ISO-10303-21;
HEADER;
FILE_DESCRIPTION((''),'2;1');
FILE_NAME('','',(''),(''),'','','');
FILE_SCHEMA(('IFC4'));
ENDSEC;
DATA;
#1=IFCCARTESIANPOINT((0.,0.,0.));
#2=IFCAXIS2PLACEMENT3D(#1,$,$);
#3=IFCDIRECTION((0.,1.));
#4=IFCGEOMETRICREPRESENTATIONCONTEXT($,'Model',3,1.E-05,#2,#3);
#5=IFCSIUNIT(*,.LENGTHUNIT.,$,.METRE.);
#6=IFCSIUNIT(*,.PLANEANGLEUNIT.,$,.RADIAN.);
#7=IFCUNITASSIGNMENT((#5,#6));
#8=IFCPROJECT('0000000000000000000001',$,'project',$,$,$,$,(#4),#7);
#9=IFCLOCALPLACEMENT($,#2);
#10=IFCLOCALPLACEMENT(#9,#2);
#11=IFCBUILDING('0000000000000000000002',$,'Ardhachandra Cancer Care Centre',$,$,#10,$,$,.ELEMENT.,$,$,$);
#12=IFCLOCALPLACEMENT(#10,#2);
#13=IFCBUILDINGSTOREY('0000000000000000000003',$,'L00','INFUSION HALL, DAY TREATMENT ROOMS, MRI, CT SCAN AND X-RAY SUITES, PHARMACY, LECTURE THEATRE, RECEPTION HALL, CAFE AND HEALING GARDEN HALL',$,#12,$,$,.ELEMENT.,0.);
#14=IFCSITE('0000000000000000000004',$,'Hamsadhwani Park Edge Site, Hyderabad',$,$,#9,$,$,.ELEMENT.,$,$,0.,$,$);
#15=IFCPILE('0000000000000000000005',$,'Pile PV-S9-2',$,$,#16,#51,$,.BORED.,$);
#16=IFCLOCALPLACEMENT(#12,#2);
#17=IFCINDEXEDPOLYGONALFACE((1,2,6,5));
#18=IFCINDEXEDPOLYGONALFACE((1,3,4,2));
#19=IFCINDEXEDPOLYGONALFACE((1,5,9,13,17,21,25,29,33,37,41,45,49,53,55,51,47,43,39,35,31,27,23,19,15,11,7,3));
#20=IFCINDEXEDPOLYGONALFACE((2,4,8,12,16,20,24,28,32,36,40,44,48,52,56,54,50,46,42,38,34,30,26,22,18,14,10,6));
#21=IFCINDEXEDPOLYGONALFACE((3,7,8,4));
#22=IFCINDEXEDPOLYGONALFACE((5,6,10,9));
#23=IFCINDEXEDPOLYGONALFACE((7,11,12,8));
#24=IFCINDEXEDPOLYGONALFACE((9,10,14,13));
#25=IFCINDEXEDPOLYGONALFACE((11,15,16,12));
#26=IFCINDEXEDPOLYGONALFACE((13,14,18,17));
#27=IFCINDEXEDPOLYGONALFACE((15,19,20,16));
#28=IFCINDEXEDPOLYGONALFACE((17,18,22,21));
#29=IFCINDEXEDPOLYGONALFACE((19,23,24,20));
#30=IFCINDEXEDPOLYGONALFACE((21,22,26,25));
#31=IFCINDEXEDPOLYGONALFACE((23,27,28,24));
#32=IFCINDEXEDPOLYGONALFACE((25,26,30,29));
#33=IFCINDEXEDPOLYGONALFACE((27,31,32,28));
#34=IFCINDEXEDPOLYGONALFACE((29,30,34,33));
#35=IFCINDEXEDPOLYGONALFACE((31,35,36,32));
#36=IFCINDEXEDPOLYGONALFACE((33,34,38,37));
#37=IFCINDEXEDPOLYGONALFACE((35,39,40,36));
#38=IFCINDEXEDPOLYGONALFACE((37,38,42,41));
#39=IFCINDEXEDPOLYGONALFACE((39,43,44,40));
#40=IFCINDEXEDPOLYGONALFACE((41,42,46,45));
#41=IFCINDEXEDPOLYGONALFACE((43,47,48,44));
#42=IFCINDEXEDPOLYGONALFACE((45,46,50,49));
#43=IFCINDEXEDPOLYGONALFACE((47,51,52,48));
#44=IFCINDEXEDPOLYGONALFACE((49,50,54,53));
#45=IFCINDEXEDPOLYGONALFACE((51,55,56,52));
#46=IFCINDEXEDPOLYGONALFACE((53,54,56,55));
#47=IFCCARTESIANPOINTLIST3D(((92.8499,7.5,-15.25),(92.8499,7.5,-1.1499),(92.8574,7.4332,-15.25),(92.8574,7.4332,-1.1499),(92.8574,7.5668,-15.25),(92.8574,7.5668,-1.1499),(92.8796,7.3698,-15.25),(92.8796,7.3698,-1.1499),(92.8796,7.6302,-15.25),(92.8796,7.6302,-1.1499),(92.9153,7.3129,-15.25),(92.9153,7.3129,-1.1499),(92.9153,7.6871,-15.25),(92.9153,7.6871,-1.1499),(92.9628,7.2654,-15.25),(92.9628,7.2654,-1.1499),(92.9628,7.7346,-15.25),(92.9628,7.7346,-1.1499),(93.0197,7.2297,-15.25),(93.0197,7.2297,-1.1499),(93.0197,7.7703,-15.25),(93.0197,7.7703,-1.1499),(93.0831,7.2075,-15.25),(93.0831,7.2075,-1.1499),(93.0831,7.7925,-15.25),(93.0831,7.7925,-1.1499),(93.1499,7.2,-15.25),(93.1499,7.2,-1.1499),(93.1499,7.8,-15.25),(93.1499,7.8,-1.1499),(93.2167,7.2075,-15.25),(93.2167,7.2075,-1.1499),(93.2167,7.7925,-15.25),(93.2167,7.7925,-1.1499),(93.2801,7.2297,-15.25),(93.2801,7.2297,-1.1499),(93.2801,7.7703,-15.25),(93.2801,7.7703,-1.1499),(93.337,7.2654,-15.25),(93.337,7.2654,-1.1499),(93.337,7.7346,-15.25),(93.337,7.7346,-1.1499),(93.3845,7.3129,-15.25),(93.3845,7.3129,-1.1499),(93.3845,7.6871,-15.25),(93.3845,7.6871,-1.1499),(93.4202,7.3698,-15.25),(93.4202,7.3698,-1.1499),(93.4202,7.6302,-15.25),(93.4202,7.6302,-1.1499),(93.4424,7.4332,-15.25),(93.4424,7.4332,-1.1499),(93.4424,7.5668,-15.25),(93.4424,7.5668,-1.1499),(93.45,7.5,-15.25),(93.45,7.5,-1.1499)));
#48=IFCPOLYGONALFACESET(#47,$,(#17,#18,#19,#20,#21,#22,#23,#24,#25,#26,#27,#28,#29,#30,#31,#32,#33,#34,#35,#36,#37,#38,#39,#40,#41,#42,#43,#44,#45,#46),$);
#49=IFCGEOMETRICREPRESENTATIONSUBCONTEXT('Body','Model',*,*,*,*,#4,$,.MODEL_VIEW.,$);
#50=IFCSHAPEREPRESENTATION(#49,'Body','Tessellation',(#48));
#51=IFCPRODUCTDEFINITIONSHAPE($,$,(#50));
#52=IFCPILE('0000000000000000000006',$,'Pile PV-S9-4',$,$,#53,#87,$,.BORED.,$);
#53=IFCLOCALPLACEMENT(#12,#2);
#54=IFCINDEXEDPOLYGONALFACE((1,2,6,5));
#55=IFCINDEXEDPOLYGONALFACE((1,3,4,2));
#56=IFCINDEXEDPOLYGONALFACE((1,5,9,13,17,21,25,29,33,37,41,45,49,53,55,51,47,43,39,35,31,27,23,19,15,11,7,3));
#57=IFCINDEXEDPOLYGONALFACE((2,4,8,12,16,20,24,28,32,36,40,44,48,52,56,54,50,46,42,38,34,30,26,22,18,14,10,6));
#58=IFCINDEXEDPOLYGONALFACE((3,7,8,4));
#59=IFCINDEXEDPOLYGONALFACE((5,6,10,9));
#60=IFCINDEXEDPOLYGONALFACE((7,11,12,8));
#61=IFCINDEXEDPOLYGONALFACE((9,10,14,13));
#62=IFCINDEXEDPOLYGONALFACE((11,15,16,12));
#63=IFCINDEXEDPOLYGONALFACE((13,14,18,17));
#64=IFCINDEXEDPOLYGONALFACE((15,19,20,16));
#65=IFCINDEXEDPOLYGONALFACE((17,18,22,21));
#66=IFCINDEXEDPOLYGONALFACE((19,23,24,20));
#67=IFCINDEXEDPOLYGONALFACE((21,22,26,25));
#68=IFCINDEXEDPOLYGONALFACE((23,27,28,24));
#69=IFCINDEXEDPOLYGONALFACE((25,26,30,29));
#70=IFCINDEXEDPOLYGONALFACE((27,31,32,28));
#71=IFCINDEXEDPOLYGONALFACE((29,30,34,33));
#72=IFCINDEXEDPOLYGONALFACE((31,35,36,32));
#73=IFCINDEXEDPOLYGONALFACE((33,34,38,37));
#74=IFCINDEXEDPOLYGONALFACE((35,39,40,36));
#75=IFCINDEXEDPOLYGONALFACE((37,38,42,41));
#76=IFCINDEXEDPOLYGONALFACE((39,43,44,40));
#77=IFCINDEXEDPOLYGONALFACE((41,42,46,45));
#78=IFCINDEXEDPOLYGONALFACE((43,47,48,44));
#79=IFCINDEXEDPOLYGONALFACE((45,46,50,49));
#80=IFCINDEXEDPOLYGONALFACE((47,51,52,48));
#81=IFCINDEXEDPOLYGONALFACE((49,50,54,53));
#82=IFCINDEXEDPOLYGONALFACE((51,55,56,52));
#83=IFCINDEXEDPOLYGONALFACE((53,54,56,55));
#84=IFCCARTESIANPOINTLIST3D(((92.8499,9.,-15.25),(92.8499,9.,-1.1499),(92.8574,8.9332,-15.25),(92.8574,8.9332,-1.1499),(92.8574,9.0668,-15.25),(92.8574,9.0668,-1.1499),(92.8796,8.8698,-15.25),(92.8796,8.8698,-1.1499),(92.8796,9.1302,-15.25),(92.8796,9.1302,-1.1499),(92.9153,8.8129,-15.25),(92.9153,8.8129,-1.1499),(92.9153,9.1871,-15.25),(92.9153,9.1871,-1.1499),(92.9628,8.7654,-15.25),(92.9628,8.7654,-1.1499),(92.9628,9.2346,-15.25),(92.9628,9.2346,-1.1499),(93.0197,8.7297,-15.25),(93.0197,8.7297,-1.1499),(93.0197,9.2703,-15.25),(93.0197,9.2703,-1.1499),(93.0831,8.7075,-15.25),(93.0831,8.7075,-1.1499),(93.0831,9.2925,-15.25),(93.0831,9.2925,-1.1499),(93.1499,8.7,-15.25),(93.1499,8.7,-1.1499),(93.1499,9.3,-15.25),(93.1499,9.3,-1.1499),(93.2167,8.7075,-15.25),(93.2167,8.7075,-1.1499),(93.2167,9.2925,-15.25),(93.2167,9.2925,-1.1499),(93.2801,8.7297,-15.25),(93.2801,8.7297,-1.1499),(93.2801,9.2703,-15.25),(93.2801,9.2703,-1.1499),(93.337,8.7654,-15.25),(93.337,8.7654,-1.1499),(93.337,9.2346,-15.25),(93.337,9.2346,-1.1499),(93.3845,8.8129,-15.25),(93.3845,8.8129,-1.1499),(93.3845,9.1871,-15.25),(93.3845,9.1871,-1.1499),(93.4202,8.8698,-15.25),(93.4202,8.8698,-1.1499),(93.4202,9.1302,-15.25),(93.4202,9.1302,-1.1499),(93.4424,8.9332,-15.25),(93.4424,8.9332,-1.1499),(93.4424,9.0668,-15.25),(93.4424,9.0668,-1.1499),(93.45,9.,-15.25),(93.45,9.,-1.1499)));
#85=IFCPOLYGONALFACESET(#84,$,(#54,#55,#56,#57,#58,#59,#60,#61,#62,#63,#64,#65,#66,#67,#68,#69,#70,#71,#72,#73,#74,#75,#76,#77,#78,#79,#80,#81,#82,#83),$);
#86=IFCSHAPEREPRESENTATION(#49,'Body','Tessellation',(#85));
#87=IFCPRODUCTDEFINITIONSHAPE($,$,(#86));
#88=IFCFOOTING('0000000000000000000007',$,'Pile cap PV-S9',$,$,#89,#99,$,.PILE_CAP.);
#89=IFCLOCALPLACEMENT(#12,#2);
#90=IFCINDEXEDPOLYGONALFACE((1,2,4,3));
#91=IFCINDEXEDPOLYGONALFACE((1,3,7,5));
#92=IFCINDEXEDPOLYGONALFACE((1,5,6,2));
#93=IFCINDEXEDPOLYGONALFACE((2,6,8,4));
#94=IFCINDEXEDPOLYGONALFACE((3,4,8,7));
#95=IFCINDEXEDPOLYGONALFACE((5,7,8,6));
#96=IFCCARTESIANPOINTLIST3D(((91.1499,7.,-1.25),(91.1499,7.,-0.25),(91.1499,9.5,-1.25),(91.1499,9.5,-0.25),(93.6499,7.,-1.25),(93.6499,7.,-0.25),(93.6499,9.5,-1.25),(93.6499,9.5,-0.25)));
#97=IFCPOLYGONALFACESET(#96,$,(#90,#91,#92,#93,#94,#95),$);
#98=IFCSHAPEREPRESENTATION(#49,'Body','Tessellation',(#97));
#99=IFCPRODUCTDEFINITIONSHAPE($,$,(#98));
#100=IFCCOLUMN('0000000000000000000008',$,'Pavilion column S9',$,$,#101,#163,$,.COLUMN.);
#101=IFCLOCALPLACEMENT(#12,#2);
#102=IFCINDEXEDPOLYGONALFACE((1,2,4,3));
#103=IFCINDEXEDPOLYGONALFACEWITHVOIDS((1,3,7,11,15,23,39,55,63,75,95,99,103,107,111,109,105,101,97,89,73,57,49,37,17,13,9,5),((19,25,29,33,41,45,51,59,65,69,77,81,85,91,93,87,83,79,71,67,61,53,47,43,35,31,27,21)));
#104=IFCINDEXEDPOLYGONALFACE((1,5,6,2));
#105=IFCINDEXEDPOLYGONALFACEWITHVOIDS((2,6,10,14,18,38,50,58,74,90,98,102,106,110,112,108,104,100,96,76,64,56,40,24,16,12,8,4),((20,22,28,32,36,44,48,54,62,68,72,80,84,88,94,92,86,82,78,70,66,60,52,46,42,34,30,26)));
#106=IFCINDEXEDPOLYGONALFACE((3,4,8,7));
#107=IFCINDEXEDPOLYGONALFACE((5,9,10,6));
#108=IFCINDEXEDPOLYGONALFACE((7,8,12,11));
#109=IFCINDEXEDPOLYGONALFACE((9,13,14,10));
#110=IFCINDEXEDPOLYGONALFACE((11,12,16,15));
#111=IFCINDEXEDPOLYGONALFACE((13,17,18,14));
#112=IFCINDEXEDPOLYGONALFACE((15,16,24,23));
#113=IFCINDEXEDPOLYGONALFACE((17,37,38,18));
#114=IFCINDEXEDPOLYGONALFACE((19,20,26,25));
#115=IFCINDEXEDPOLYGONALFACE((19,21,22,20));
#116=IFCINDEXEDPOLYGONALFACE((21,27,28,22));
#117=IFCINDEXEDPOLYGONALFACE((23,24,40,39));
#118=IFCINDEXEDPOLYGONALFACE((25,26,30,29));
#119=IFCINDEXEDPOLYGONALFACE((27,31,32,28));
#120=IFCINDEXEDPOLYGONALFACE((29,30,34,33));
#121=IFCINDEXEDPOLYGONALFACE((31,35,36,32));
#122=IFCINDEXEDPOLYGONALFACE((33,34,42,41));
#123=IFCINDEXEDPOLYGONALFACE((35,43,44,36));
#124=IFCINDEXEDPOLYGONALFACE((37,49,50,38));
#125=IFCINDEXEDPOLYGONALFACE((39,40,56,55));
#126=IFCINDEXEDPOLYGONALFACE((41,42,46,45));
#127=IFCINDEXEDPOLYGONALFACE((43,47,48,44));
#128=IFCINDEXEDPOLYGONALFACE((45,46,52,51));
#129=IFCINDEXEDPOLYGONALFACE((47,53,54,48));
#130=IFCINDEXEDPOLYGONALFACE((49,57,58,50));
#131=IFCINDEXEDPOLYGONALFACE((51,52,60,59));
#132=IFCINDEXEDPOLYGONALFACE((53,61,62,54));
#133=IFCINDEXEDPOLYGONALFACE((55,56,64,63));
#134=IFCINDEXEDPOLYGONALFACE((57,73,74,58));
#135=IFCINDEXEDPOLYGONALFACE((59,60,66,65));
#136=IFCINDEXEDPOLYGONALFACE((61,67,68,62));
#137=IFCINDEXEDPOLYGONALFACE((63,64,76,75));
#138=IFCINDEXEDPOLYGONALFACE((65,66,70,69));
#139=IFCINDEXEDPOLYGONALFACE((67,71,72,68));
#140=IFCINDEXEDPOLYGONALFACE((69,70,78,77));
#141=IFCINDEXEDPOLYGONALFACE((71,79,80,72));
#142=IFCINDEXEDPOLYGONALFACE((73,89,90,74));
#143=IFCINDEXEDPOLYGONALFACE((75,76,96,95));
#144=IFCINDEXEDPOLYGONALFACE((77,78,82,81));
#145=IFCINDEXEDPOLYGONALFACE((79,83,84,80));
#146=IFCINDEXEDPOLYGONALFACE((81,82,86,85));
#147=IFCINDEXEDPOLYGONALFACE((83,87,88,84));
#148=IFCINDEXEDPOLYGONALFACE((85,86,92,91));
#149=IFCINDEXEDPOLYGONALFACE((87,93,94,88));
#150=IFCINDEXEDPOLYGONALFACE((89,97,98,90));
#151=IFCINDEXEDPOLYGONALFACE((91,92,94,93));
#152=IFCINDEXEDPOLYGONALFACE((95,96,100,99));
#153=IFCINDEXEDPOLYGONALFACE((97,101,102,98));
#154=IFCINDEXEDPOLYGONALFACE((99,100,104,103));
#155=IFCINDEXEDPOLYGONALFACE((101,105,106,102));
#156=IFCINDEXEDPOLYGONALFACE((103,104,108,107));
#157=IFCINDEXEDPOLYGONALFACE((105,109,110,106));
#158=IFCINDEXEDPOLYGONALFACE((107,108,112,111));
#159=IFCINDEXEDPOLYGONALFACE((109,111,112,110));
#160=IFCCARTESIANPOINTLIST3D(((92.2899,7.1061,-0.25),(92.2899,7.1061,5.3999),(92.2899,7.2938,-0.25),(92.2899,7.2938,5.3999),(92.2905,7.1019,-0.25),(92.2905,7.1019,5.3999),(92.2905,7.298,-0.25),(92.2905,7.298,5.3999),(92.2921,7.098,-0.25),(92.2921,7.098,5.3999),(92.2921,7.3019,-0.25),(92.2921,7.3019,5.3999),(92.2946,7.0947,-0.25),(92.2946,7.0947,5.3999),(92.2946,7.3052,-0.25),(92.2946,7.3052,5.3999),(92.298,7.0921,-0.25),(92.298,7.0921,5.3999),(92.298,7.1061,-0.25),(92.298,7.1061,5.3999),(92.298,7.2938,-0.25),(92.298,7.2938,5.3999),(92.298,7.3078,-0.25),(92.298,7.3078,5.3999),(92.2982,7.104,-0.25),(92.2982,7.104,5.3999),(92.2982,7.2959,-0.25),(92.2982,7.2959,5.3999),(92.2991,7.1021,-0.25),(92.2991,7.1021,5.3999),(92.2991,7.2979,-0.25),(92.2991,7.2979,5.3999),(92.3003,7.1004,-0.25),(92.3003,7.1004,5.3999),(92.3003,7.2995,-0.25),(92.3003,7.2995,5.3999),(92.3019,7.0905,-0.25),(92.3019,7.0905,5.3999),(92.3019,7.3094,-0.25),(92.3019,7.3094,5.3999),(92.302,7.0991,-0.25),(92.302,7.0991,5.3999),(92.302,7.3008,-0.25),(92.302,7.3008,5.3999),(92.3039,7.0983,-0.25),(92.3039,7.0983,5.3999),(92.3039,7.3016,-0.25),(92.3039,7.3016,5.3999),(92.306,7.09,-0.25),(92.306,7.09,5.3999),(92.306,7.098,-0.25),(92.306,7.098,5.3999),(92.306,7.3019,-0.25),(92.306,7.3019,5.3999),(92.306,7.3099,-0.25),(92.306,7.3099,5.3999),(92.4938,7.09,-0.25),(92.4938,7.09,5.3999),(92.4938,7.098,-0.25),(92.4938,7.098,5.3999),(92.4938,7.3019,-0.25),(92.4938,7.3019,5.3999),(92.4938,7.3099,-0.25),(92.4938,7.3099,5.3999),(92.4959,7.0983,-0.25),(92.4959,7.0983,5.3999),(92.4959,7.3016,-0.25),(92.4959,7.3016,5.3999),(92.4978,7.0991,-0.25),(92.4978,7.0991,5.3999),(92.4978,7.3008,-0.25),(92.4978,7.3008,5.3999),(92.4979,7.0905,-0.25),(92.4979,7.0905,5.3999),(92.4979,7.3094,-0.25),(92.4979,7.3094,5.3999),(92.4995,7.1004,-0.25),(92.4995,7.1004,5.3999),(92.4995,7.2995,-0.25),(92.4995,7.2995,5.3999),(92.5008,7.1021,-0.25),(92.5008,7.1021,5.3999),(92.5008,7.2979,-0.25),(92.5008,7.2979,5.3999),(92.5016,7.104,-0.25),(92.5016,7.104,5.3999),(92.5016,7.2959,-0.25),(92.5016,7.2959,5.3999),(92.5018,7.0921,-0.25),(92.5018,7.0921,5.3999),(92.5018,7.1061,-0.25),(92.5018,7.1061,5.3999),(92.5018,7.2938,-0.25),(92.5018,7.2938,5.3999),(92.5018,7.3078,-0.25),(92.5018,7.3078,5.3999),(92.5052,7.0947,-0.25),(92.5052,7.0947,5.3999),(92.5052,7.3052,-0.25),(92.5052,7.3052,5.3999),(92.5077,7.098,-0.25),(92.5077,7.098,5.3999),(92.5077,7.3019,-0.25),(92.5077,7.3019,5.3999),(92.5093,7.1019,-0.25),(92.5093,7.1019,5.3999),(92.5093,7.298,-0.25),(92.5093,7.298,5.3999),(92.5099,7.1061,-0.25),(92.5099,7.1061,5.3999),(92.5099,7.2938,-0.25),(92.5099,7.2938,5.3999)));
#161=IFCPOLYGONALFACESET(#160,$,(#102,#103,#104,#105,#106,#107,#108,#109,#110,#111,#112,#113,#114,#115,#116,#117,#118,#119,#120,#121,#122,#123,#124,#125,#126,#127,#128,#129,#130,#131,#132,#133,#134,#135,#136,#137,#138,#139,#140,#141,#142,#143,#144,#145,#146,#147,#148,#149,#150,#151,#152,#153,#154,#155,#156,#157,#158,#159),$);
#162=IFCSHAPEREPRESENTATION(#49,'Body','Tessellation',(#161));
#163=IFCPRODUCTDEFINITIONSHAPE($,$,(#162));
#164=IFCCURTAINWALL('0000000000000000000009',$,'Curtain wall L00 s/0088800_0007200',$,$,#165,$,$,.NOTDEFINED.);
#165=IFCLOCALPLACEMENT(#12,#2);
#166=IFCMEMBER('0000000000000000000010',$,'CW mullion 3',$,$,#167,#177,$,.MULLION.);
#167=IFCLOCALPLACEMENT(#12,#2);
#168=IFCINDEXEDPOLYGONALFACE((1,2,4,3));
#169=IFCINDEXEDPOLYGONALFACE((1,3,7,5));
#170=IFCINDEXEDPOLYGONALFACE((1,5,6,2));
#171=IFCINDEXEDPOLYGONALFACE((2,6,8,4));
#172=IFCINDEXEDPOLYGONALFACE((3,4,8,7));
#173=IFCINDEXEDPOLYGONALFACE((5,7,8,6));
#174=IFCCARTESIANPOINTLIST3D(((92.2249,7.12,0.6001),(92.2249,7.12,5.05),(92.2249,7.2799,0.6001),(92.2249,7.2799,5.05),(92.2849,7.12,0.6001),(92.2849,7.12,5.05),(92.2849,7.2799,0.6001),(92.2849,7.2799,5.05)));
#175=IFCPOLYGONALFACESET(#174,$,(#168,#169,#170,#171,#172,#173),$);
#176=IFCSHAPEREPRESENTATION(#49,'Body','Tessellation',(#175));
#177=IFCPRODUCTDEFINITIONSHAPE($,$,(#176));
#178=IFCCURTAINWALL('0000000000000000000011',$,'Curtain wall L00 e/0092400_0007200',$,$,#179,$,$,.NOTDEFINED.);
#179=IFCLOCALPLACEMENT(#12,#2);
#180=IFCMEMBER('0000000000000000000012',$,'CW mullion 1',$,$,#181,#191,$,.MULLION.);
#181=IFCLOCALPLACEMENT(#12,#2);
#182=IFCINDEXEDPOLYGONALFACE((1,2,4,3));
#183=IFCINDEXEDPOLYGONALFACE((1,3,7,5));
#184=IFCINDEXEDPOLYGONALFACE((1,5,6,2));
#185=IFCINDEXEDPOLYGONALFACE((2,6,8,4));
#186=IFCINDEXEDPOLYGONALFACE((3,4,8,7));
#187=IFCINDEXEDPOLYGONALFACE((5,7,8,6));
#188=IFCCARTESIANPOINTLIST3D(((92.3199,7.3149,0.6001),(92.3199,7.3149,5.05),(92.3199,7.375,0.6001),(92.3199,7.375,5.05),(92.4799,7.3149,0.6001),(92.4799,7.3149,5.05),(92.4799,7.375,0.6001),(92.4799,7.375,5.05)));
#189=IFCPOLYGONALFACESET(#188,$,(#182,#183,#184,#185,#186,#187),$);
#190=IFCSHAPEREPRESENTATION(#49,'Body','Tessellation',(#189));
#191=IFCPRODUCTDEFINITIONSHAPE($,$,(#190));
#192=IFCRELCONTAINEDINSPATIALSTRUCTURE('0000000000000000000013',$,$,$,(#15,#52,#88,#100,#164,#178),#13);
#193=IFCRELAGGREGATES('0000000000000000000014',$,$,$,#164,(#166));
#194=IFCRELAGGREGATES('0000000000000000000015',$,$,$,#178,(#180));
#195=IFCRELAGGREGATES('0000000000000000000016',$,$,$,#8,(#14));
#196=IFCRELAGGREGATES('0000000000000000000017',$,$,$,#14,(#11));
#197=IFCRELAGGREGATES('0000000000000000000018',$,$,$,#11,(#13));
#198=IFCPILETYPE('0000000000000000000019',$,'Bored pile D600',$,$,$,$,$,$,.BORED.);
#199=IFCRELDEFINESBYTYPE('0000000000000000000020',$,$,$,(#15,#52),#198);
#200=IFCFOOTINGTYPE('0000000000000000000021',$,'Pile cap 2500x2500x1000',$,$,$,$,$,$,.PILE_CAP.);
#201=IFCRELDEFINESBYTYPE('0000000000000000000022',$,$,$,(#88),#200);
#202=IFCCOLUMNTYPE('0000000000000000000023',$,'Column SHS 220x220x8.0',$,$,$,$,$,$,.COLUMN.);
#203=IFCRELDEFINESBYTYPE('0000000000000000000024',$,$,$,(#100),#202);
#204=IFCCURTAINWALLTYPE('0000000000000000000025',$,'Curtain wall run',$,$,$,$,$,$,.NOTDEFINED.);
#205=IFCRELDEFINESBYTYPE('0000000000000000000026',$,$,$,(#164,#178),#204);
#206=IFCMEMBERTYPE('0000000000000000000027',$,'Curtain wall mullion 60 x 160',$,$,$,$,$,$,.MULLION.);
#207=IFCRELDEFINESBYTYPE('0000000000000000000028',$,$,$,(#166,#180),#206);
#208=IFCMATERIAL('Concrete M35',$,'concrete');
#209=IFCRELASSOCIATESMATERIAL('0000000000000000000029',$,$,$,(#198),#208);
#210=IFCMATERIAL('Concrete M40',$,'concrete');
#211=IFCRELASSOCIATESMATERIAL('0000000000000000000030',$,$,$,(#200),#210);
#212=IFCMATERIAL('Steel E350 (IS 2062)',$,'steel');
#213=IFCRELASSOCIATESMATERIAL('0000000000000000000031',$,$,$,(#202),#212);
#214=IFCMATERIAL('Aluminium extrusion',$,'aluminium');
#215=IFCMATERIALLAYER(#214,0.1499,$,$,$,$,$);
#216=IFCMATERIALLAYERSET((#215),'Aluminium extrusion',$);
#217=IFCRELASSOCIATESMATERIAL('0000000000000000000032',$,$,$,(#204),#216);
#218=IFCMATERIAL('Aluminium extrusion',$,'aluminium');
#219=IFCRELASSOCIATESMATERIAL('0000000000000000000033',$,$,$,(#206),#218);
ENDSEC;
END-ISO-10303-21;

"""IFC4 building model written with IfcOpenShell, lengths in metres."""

from ifc_helpers import new_model, si_unit, direction, frame, origin, origin_2d, place, context, subcontext, project, spatial, rectangle, hollow_rectangle, circle, extrude, material, layer, layer_set, material_profile, profile_set, type_object, element, aggregate, save


model = new_model("IFC4")

# Units and contexts
model_context = context("Model", 3, precision=1e-05, world=origin(), true_north=direction((0.0, 1.0)))
body_context = subcontext(model_context, "Body", "Model", "MODEL_VIEW")
ifc_project = project(units=[si_unit("LENGTHUNIT", "METRE"), si_unit("PLANEANGLEUNIT", "RADIAN")], contexts=[model_context])

# Site, building, storey
site_placement = place(None, origin())
site = spatial("IfcSite", under=ifc_project, at=site_placement, Name="Hamsadhwani Park Edge Site, Hyderabad", CompositionType="ELEMENT", RefElevation=0.0)
building_placement = place(site_placement, origin())
building = spatial("IfcBuilding", under=site, at=building_placement, Name="Ardhachandra Cancer Care Centre", CompositionType="ELEMENT")
storey_placement = place(building_placement, origin())
storey = spatial("IfcBuildingStorey", under=building, at=storey_placement, Name="L00", Description="INFUSION HALL, DAY TREATMENT ROOMS, MRI, CT SCAN AND X-RAY SUITES, PHARMACY, LECTURE THEATRE, RECEPTION HALL, CAFE AND HEALING GARDEN HALL", CompositionType="ELEMENT", Elevation=0.0)

# Piles
ifc_material_1 = material(Name="Concrete M35", Category="concrete")
ifc_material_profile_1 = material_profile(ifc_material_1, circle(Radius=0.3, at=origin_2d()), Name="D600")
ifc_profile_set_1 = profile_set([ifc_material_profile_1], Name="Concrete M35")
pile_type = type_object("IfcPileType", Name="Bored pile D600", PredefinedType="BORED", material=ifc_profile_set_1)
for number, where, z_axis, x_axis, name in (
    (1, (93.1499, 7.5, -1.1499), (0.0, 0.0, -1.0), (1.0, 0.0, 0.0), "Pile PV-S9-2"),
    (2, (93.1499, 9.0, -1.1499), (0.0, 0.0, -1.0), (1.0, 0.0, 0.0), "Pile PV-S9-4"),
):
    element("IfcPile", number, at=place(storey_placement, frame(where, z_axis=z_axis, x_axis=x_axis)), inside=storey, type_object=pile_type, Name=name, PredefinedType="BORED", context=body_context, shape_type="SweptSolid", body=[
        extrude(circle(Radius=0.3, at=origin_2d()), origin(), (0.0, 0.0, 1.0), 14.1001),
    ])

# Footing
ifc_material_2 = material(Name="Concrete M40", Category="concrete")
footing_type = type_object("IfcFootingType", Name="Pile cap 2500x2500x1000", PredefinedType="PILE_CAP", material=ifc_material_2)
footing_placement = place(storey_placement, frame((92.3999, 8.25, -1.25), z_axis=(0.0, 0.0, 1.0), x_axis=(1.0, 0.0, 0.0)))
element("IfcFooting", 3, at=footing_placement, inside=storey, type_object=footing_type, Name="Pile cap PV-S9", PredefinedType="PILE_CAP", context=body_context, shape_type="SweptSolid", body=[
    extrude(rectangle(XDim=2.5, YDim=2.5, at=origin_2d()), origin(), (0.0, 0.0, 1.0), 1.0),
])

# Column
ifc_material_3 = material(Name="Steel E350 (IS 2062)", Category="steel")
ifc_material_profile_2 = material_profile(ifc_material_3, hollow_rectangle(XDim=0.22, YDim=0.22, WallThickness=0.0081, InnerFilletRadius=0.0081, OuterFilletRadius=0.0161, at=origin_2d()), Name="SHS 220x220x8.0")
ifc_profile_set_2 = profile_set([ifc_material_profile_2], Name="Steel E350 (IS 2062)")
column_type = type_object("IfcColumnType", Name="Column SHS 220x220x8.0", PredefinedType="COLUMN", material=ifc_profile_set_2)
column_placement = place(storey_placement, frame((92.3999, 7.2, -0.25), z_axis=(0.0, 0.0, 1.0), x_axis=(1.0, 0.0, 0.0)))
element("IfcColumn", 4, at=column_placement, inside=storey, type_object=column_type, Name="Pavilion column S9", PredefinedType="COLUMN", context=body_context, shape_type="SweptSolid", body=[
    extrude(hollow_rectangle(XDim=0.22, YDim=0.22, WallThickness=0.0081, InnerFilletRadius=0.0081, OuterFilletRadius=0.0161, at=origin_2d()), origin(), (0.0, 0.0, 1.0), 5.6499),
])

# Curtain wall, member
ifc_material_4 = material(Name="Aluminium extrusion", Category="aluminium")
ifc_layer_1 = layer(ifc_material_4, 0.1499)
ifc_layer_set_1 = layer_set([ifc_layer_1], Name="Aluminium extrusion")
curtain_wall_type = type_object("IfcCurtainWallType", Name="Curtain wall run", PredefinedType="NOTDEFINED", material=ifc_layer_set_1)
curtain_wall_1_placement = place(storey_placement, origin())
curtain_wall_1 = element("IfcCurtainWall", 5, at=curtain_wall_1_placement, inside=storey, type_object=curtain_wall_type, Name="Curtain wall L00 s/0088800_0007200", PredefinedType="NOTDEFINED")
ifc_material_5 = material(Name="Aluminium extrusion", Category="aluminium")
ifc_material_profile_3 = material_profile(ifc_material_5, rectangle(XDim=0.1599, YDim=0.0601, at=origin_2d()), Name="Curtain wall mullion 60 x 160")
ifc_profile_set_3 = profile_set([ifc_material_profile_3], Name="Aluminium extrusion")
member_type_1 = type_object("IfcMemberType", Name="Curtain wall mullion 60 x 160", PredefinedType="MULLION", material=ifc_profile_set_3)
member_1_placement = place(storey_placement, frame((92.2549, 7.2, 0.6001), z_axis=(0.0, 0.0, 1.0), x_axis=(0.0, 1.0, 0.0)))
member_1 = element("IfcMember", 6, at=member_1_placement, type_object=member_type_1, Name="CW mullion 3", PredefinedType="MULLION", context=body_context, shape_type="SweptSolid", body=[
    extrude(rectangle(XDim=0.1599, YDim=0.0601, at=origin_2d()), origin(), (0.0, 0.0, 1.0), 4.45),
])
aggregate(curtain_wall_1, [member_1])

# Curtain wall, member
curtain_wall_2_placement = place(storey_placement, origin())
curtain_wall_2 = element("IfcCurtainWall", 7, at=curtain_wall_2_placement, inside=storey, type_object=curtain_wall_type, Name="Curtain wall L00 e/0092400_0007200", PredefinedType="NOTDEFINED")
member_2_placement = place(storey_placement, frame((92.3999, 7.345, 0.6001), z_axis=(0.0, 0.0, 1.0), x_axis=(-1.0, 0.0, 0.0)))
member_2 = element("IfcMember", 8, at=member_2_placement, type_object=member_type_1, Name="CW mullion 1", PredefinedType="MULLION", context=body_context, shape_type="SweptSolid", body=[
    extrude(rectangle(XDim=0.1599, YDim=0.0601, at=origin_2d()), origin(), (0.0, 0.0, 1.0), 4.45),
])

aggregate(curtain_wall_2, [member_2])

save(model, "model.ifc")
